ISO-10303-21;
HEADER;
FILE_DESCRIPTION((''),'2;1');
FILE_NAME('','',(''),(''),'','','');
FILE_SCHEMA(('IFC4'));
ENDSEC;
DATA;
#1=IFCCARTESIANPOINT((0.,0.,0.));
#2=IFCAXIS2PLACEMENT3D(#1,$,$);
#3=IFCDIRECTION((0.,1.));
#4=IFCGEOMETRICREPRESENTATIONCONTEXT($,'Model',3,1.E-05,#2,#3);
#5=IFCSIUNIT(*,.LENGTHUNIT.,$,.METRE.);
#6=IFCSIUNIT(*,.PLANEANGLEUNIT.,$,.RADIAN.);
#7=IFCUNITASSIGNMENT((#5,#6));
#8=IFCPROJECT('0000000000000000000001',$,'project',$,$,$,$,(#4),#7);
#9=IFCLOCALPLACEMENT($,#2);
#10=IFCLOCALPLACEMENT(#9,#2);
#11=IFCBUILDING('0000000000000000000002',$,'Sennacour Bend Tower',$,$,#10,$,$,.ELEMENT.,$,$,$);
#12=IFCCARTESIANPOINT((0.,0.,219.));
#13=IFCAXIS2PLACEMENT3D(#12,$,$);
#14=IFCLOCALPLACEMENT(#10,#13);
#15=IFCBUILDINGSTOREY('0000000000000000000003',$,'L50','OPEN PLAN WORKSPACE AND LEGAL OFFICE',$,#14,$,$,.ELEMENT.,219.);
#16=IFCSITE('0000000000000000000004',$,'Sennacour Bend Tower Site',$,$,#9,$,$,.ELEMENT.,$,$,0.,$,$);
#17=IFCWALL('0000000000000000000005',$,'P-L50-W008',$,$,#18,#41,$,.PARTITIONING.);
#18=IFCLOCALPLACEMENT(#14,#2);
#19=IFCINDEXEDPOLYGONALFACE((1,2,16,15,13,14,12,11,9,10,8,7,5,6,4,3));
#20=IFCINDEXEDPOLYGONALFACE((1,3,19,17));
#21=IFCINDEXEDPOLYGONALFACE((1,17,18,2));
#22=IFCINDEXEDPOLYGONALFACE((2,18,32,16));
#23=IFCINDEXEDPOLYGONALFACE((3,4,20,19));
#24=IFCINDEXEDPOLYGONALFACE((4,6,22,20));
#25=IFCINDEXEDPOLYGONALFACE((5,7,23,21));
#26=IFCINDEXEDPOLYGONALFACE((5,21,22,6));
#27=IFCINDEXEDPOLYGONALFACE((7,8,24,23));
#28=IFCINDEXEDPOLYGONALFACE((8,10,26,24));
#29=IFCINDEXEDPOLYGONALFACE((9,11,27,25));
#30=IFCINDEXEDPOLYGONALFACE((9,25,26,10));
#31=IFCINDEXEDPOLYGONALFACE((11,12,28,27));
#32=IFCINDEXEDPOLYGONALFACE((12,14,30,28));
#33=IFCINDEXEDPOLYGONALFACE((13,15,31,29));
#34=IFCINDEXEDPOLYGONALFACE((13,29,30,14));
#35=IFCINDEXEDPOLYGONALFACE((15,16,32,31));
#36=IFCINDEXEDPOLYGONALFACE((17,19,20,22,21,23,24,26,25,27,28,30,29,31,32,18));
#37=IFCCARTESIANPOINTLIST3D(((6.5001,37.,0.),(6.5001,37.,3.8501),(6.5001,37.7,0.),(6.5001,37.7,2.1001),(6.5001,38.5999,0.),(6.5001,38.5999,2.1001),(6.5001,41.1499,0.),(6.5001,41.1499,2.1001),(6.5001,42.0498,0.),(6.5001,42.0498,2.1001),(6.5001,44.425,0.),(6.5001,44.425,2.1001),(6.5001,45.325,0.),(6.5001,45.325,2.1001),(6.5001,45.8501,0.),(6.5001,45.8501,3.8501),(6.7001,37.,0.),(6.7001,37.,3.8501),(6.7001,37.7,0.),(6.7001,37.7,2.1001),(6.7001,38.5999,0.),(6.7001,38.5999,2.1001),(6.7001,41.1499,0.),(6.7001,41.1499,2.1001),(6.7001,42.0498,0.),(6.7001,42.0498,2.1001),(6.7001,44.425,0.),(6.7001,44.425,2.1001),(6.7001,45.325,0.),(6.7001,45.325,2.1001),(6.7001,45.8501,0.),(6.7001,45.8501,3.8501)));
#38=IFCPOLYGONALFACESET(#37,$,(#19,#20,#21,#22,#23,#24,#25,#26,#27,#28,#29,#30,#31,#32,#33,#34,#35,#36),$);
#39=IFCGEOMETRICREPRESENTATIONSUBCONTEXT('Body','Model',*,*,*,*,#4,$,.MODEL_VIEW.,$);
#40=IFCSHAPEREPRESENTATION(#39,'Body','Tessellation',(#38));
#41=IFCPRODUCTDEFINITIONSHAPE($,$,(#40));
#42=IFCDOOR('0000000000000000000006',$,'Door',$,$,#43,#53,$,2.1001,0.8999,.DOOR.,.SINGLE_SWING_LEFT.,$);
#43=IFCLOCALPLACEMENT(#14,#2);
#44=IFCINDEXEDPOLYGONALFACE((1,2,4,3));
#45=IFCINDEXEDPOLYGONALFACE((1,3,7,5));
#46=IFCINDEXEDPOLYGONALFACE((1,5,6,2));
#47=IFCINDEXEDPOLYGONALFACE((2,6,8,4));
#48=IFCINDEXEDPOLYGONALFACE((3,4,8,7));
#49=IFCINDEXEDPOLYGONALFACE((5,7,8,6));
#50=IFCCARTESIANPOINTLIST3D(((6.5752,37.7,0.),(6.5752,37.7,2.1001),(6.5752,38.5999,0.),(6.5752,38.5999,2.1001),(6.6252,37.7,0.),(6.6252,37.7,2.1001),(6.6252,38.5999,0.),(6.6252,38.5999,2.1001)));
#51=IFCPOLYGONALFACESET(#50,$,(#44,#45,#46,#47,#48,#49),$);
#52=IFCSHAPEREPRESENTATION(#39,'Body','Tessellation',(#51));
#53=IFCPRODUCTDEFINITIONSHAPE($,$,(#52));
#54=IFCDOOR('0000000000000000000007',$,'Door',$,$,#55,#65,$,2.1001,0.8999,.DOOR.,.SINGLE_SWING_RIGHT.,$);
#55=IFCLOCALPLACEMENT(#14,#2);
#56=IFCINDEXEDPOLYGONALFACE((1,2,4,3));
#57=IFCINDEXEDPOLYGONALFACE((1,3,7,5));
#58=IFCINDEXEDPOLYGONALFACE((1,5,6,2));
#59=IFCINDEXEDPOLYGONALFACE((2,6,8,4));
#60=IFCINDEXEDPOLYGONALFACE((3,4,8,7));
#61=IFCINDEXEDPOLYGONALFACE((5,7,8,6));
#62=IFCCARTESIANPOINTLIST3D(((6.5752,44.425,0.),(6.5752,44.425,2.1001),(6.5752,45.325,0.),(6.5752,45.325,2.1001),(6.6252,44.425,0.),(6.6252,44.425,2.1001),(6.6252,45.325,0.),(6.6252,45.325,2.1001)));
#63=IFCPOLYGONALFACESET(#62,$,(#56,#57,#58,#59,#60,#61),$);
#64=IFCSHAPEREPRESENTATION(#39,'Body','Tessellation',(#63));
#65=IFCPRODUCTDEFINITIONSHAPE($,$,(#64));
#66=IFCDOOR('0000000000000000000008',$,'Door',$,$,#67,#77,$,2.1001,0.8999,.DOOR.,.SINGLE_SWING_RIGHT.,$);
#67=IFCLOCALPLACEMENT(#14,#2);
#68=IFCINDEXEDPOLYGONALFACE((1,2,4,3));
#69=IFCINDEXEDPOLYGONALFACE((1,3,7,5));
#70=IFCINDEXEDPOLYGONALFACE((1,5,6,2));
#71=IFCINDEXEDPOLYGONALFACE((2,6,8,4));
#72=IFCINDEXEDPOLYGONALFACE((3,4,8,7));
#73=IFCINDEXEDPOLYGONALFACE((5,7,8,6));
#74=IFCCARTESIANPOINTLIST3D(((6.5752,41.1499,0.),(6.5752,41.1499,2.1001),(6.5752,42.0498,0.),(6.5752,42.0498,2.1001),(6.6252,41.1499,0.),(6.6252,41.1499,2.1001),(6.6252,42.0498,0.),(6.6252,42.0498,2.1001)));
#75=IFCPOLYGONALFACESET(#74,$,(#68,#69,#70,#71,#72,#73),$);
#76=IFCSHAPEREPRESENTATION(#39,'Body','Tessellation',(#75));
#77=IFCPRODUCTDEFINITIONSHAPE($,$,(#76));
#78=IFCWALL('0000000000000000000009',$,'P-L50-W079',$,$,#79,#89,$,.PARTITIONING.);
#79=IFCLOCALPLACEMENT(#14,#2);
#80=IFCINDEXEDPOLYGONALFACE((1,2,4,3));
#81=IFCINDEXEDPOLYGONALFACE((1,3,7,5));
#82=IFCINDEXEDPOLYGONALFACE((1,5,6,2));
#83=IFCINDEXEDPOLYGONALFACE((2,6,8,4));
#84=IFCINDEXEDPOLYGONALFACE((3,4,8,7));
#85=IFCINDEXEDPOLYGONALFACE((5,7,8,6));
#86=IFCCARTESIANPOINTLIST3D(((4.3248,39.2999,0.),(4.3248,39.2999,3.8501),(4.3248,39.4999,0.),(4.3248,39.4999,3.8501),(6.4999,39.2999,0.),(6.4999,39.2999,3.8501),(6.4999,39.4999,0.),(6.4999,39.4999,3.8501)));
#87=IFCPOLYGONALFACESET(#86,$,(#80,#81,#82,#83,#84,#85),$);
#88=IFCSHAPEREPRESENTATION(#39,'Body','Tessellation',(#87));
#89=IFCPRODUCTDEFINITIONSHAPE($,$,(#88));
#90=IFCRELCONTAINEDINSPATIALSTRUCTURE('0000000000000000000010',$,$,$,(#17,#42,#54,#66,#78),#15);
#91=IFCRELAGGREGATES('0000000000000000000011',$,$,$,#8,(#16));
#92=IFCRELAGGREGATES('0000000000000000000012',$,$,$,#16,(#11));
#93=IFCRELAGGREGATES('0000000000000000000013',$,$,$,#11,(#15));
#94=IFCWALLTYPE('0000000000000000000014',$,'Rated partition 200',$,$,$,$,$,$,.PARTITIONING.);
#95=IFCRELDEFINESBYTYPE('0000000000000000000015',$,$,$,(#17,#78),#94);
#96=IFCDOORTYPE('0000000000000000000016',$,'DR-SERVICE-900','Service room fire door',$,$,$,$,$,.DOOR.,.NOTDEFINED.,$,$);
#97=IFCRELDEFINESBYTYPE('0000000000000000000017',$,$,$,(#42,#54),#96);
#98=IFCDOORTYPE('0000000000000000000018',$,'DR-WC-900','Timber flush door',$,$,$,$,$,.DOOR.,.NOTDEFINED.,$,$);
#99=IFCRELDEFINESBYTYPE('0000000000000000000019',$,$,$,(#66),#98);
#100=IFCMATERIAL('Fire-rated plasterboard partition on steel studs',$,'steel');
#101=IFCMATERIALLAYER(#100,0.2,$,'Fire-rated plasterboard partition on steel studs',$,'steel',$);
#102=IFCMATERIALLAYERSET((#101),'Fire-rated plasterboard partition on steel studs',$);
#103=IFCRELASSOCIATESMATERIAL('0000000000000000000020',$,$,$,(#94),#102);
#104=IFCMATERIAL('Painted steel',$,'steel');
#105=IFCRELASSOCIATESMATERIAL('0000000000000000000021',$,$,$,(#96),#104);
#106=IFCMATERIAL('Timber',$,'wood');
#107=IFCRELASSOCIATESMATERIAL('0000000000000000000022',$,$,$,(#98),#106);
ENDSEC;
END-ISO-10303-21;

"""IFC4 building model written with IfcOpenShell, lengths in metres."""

from ifc_helpers import new_model, si_unit, direction, frame, frame_2d, origin, place, context, subcontext, project, spatial, rectangle, extrude, material, layer, layer_set, type_object, element, fill, save


model = new_model("IFC4")

# Units and contexts
model_context = context("Model", 3, precision=1e-05, world=origin(), true_north=direction((0.0, 1.0)))
body_context = subcontext(model_context, "Body", "Model", "MODEL_VIEW")
ifc_project = project(units=[si_unit("LENGTHUNIT", "METRE"), si_unit("PLANEANGLEUNIT", "RADIAN")], contexts=[model_context])

# Site, building, storey
site_placement = place(None, origin())
site = spatial("IfcSite", under=ifc_project, at=site_placement, Name="Sennacour Bend Tower Site", CompositionType="ELEMENT", RefElevation=0.0)
building_placement = place(site_placement, origin())
building = spatial("IfcBuilding", under=site, at=building_placement, Name="Sennacour Bend Tower", CompositionType="ELEMENT")
storey_placement = place(building_placement, frame((0.0, 0.0, 219.0)))
storey = spatial("IfcBuildingStorey", under=building, at=storey_placement, Name="L50", Description="OPEN PLAN WORKSPACE AND LEGAL OFFICE", CompositionType="ELEMENT", Elevation=219.0)

# Wall, openings, doors
ifc_material_1 = material(Name="Fire-rated plasterboard partition on steel studs", Category="steel")
ifc_layer_1 = layer(ifc_material_1, 0.2, Name="Fire-rated plasterboard partition on steel studs", Category="steel")
ifc_layer_set_1 = layer_set([ifc_layer_1], Name="Fire-rated plasterboard partition on steel studs")
wall_type_1 = type_object("IfcWallType", Name="Rated partition 200", PredefinedType="PARTITIONING", material=ifc_layer_set_1)
wall_1_placement = place(storey_placement, frame((6.6001, 37.0, 0.0), z_axis=(0.0, 0.0, 1.0), x_axis=(0.0, 1.0, 0.0)))
wall_1 = element("IfcWall", 1, at=wall_1_placement, inside=storey, type_object=wall_type_1, Name="P-L50-W008", PredefinedType="PARTITIONING", context=body_context, shape_type="SweptSolid", body=[
    extrude(rectangle(XDim=8.8501, YDim=0.2, at=frame_2d((4.425, 0.0))), origin(), (0.0, 0.0, 1.0), 3.8501),
])
opening_1_placement = place(wall_1_placement, frame((0.7, 0.0, 0.0)))
opening_1 = element("IfcOpeningElement", 2, at=opening_1_placement, cuts=wall_1, PredefinedType="OPENING", context=body_context, shape_type="SweptSolid", body=[
    extrude(rectangle(XDim=0.8999, YDim=2.1001, at=frame_2d((0.45, 1.05))), frame((0.0, 0.1099, 0.0), z_axis=(0.0, -1.0, 0.0), x_axis=(1.0, 0.0, 0.0)), (0.0, 0.0, 1.0), 0.22),
])
opening_2_placement = place(wall_1_placement, frame((4.1499, 0.0, 0.0)))
opening_2 = element("IfcOpeningElement", 3, at=opening_2_placement, cuts=wall_1, PredefinedType="OPENING", context=body_context, shape_type="SweptSolid", body=[
    extrude(rectangle(XDim=0.8999, YDim=2.1001, at=frame_2d((0.45, 1.05))), frame((0.0, 0.1099, 0.0), z_axis=(0.0, -1.0, 0.0), x_axis=(1.0, 0.0, 0.0)), (0.0, 0.0, 1.0), 0.22),
])
opening_3_placement = place(wall_1_placement, frame((7.425, 0.0, 0.0)))
opening_3 = element("IfcOpeningElement", 4, at=opening_3_placement, cuts=wall_1, PredefinedType="OPENING", context=body_context, shape_type="SweptSolid", body=[
    extrude(rectangle(XDim=0.8999, YDim=2.1001, at=frame_2d((0.45, 1.05))), frame((0.0, 0.1099, 0.0), z_axis=(0.0, -1.0, 0.0), x_axis=(1.0, 0.0, 0.0)), (0.0, 0.0, 1.0), 0.22),
])
ifc_material_2 = material(Name="Painted steel", Category="steel")
door_type_1 = type_object("IfcDoorType", Name="DR-SERVICE-900", Description="Service room fire door", OperationType="NOTDEFINED", PredefinedType="DOOR", material=ifc_material_2)
door_1_placement = place(opening_1_placement, origin())
door_1 = element("IfcDoor", 5, at=door_1_placement, inside=storey, type_object=door_type_1, Name="Door", OperationType="SINGLE_SWING_LEFT", OverallHeight=2.1001, OverallWidth=0.8999, PredefinedType="DOOR", context=body_context, shape_type="SweptSolid", body=[
    extrude(rectangle(XDim=0.8999, YDim=2.1001, at=frame_2d((0.45, 1.05))), frame((0.0, 0.0249, 0.0), z_axis=(0.0, -1.0, 0.0), x_axis=(1.0, 0.0, 0.0)), (0.0, 0.0, 1.0), 0.05),
])
fill(opening_1, door_1)
door_2_placement = place(opening_3_placement, origin())
door_2 = element("IfcDoor", 6, at=door_2_placement, inside=storey, type_object=door_type_1, Name="Door", OperationType="SINGLE_SWING_RIGHT", OverallHeight=2.1001, OverallWidth=0.8999, PredefinedType="DOOR", context=body_context, shape_type="SweptSolid", body=[
    extrude(rectangle(XDim=0.8999, YDim=2.1001, at=frame_2d((0.45, 1.05))), frame((0.0, 0.0249, 0.0), z_axis=(0.0, -1.0, 0.0), x_axis=(1.0, 0.0, 0.0)), (0.0, 0.0, 1.0), 0.05),
])
fill(opening_3, door_2)
ifc_material_3 = material(Name="Timber", Category="wood")
door_type_2 = type_object("IfcDoorType", Name="DR-WC-900", Description="Timber flush door", OperationType="NOTDEFINED", PredefinedType="DOOR", material=ifc_material_3)
door_3_placement = place(opening_2_placement, origin())
door_3 = element("IfcDoor", 7, at=door_3_placement, inside=storey, type_object=door_type_2, Name="Door", OperationType="SINGLE_SWING_RIGHT", OverallHeight=2.1001, OverallWidth=0.8999, PredefinedType="DOOR", context=body_context, shape_type="SweptSolid", body=[
    extrude(rectangle(XDim=0.8999, YDim=2.1001, at=frame_2d((0.45, 1.05))), frame((0.0, 0.0249, 0.0), z_axis=(0.0, -1.0, 0.0), x_axis=(1.0, 0.0, 0.0)), (0.0, 0.0, 1.0), 0.05),
])
fill(opening_2, door_3)

# Wall
wall_2_placement = place(storey_placement, frame((4.325, 39.3999, 0.0), z_axis=(0.0, 0.0, 1.0), x_axis=(1.0, 0.0, 0.0)))
element("IfcWall", 8, at=wall_2_placement, inside=storey, type_object=wall_type_1, Name="P-L50-W079", PredefinedType="PARTITIONING", context=body_context, shape_type="SweptSolid", body=[
    extrude(rectangle(XDim=2.175, YDim=0.2, at=frame_2d((1.0874, 0.0))), origin(), (0.0, 0.0, 1.0), 3.8501),
])

save(model, "model.ifc")
